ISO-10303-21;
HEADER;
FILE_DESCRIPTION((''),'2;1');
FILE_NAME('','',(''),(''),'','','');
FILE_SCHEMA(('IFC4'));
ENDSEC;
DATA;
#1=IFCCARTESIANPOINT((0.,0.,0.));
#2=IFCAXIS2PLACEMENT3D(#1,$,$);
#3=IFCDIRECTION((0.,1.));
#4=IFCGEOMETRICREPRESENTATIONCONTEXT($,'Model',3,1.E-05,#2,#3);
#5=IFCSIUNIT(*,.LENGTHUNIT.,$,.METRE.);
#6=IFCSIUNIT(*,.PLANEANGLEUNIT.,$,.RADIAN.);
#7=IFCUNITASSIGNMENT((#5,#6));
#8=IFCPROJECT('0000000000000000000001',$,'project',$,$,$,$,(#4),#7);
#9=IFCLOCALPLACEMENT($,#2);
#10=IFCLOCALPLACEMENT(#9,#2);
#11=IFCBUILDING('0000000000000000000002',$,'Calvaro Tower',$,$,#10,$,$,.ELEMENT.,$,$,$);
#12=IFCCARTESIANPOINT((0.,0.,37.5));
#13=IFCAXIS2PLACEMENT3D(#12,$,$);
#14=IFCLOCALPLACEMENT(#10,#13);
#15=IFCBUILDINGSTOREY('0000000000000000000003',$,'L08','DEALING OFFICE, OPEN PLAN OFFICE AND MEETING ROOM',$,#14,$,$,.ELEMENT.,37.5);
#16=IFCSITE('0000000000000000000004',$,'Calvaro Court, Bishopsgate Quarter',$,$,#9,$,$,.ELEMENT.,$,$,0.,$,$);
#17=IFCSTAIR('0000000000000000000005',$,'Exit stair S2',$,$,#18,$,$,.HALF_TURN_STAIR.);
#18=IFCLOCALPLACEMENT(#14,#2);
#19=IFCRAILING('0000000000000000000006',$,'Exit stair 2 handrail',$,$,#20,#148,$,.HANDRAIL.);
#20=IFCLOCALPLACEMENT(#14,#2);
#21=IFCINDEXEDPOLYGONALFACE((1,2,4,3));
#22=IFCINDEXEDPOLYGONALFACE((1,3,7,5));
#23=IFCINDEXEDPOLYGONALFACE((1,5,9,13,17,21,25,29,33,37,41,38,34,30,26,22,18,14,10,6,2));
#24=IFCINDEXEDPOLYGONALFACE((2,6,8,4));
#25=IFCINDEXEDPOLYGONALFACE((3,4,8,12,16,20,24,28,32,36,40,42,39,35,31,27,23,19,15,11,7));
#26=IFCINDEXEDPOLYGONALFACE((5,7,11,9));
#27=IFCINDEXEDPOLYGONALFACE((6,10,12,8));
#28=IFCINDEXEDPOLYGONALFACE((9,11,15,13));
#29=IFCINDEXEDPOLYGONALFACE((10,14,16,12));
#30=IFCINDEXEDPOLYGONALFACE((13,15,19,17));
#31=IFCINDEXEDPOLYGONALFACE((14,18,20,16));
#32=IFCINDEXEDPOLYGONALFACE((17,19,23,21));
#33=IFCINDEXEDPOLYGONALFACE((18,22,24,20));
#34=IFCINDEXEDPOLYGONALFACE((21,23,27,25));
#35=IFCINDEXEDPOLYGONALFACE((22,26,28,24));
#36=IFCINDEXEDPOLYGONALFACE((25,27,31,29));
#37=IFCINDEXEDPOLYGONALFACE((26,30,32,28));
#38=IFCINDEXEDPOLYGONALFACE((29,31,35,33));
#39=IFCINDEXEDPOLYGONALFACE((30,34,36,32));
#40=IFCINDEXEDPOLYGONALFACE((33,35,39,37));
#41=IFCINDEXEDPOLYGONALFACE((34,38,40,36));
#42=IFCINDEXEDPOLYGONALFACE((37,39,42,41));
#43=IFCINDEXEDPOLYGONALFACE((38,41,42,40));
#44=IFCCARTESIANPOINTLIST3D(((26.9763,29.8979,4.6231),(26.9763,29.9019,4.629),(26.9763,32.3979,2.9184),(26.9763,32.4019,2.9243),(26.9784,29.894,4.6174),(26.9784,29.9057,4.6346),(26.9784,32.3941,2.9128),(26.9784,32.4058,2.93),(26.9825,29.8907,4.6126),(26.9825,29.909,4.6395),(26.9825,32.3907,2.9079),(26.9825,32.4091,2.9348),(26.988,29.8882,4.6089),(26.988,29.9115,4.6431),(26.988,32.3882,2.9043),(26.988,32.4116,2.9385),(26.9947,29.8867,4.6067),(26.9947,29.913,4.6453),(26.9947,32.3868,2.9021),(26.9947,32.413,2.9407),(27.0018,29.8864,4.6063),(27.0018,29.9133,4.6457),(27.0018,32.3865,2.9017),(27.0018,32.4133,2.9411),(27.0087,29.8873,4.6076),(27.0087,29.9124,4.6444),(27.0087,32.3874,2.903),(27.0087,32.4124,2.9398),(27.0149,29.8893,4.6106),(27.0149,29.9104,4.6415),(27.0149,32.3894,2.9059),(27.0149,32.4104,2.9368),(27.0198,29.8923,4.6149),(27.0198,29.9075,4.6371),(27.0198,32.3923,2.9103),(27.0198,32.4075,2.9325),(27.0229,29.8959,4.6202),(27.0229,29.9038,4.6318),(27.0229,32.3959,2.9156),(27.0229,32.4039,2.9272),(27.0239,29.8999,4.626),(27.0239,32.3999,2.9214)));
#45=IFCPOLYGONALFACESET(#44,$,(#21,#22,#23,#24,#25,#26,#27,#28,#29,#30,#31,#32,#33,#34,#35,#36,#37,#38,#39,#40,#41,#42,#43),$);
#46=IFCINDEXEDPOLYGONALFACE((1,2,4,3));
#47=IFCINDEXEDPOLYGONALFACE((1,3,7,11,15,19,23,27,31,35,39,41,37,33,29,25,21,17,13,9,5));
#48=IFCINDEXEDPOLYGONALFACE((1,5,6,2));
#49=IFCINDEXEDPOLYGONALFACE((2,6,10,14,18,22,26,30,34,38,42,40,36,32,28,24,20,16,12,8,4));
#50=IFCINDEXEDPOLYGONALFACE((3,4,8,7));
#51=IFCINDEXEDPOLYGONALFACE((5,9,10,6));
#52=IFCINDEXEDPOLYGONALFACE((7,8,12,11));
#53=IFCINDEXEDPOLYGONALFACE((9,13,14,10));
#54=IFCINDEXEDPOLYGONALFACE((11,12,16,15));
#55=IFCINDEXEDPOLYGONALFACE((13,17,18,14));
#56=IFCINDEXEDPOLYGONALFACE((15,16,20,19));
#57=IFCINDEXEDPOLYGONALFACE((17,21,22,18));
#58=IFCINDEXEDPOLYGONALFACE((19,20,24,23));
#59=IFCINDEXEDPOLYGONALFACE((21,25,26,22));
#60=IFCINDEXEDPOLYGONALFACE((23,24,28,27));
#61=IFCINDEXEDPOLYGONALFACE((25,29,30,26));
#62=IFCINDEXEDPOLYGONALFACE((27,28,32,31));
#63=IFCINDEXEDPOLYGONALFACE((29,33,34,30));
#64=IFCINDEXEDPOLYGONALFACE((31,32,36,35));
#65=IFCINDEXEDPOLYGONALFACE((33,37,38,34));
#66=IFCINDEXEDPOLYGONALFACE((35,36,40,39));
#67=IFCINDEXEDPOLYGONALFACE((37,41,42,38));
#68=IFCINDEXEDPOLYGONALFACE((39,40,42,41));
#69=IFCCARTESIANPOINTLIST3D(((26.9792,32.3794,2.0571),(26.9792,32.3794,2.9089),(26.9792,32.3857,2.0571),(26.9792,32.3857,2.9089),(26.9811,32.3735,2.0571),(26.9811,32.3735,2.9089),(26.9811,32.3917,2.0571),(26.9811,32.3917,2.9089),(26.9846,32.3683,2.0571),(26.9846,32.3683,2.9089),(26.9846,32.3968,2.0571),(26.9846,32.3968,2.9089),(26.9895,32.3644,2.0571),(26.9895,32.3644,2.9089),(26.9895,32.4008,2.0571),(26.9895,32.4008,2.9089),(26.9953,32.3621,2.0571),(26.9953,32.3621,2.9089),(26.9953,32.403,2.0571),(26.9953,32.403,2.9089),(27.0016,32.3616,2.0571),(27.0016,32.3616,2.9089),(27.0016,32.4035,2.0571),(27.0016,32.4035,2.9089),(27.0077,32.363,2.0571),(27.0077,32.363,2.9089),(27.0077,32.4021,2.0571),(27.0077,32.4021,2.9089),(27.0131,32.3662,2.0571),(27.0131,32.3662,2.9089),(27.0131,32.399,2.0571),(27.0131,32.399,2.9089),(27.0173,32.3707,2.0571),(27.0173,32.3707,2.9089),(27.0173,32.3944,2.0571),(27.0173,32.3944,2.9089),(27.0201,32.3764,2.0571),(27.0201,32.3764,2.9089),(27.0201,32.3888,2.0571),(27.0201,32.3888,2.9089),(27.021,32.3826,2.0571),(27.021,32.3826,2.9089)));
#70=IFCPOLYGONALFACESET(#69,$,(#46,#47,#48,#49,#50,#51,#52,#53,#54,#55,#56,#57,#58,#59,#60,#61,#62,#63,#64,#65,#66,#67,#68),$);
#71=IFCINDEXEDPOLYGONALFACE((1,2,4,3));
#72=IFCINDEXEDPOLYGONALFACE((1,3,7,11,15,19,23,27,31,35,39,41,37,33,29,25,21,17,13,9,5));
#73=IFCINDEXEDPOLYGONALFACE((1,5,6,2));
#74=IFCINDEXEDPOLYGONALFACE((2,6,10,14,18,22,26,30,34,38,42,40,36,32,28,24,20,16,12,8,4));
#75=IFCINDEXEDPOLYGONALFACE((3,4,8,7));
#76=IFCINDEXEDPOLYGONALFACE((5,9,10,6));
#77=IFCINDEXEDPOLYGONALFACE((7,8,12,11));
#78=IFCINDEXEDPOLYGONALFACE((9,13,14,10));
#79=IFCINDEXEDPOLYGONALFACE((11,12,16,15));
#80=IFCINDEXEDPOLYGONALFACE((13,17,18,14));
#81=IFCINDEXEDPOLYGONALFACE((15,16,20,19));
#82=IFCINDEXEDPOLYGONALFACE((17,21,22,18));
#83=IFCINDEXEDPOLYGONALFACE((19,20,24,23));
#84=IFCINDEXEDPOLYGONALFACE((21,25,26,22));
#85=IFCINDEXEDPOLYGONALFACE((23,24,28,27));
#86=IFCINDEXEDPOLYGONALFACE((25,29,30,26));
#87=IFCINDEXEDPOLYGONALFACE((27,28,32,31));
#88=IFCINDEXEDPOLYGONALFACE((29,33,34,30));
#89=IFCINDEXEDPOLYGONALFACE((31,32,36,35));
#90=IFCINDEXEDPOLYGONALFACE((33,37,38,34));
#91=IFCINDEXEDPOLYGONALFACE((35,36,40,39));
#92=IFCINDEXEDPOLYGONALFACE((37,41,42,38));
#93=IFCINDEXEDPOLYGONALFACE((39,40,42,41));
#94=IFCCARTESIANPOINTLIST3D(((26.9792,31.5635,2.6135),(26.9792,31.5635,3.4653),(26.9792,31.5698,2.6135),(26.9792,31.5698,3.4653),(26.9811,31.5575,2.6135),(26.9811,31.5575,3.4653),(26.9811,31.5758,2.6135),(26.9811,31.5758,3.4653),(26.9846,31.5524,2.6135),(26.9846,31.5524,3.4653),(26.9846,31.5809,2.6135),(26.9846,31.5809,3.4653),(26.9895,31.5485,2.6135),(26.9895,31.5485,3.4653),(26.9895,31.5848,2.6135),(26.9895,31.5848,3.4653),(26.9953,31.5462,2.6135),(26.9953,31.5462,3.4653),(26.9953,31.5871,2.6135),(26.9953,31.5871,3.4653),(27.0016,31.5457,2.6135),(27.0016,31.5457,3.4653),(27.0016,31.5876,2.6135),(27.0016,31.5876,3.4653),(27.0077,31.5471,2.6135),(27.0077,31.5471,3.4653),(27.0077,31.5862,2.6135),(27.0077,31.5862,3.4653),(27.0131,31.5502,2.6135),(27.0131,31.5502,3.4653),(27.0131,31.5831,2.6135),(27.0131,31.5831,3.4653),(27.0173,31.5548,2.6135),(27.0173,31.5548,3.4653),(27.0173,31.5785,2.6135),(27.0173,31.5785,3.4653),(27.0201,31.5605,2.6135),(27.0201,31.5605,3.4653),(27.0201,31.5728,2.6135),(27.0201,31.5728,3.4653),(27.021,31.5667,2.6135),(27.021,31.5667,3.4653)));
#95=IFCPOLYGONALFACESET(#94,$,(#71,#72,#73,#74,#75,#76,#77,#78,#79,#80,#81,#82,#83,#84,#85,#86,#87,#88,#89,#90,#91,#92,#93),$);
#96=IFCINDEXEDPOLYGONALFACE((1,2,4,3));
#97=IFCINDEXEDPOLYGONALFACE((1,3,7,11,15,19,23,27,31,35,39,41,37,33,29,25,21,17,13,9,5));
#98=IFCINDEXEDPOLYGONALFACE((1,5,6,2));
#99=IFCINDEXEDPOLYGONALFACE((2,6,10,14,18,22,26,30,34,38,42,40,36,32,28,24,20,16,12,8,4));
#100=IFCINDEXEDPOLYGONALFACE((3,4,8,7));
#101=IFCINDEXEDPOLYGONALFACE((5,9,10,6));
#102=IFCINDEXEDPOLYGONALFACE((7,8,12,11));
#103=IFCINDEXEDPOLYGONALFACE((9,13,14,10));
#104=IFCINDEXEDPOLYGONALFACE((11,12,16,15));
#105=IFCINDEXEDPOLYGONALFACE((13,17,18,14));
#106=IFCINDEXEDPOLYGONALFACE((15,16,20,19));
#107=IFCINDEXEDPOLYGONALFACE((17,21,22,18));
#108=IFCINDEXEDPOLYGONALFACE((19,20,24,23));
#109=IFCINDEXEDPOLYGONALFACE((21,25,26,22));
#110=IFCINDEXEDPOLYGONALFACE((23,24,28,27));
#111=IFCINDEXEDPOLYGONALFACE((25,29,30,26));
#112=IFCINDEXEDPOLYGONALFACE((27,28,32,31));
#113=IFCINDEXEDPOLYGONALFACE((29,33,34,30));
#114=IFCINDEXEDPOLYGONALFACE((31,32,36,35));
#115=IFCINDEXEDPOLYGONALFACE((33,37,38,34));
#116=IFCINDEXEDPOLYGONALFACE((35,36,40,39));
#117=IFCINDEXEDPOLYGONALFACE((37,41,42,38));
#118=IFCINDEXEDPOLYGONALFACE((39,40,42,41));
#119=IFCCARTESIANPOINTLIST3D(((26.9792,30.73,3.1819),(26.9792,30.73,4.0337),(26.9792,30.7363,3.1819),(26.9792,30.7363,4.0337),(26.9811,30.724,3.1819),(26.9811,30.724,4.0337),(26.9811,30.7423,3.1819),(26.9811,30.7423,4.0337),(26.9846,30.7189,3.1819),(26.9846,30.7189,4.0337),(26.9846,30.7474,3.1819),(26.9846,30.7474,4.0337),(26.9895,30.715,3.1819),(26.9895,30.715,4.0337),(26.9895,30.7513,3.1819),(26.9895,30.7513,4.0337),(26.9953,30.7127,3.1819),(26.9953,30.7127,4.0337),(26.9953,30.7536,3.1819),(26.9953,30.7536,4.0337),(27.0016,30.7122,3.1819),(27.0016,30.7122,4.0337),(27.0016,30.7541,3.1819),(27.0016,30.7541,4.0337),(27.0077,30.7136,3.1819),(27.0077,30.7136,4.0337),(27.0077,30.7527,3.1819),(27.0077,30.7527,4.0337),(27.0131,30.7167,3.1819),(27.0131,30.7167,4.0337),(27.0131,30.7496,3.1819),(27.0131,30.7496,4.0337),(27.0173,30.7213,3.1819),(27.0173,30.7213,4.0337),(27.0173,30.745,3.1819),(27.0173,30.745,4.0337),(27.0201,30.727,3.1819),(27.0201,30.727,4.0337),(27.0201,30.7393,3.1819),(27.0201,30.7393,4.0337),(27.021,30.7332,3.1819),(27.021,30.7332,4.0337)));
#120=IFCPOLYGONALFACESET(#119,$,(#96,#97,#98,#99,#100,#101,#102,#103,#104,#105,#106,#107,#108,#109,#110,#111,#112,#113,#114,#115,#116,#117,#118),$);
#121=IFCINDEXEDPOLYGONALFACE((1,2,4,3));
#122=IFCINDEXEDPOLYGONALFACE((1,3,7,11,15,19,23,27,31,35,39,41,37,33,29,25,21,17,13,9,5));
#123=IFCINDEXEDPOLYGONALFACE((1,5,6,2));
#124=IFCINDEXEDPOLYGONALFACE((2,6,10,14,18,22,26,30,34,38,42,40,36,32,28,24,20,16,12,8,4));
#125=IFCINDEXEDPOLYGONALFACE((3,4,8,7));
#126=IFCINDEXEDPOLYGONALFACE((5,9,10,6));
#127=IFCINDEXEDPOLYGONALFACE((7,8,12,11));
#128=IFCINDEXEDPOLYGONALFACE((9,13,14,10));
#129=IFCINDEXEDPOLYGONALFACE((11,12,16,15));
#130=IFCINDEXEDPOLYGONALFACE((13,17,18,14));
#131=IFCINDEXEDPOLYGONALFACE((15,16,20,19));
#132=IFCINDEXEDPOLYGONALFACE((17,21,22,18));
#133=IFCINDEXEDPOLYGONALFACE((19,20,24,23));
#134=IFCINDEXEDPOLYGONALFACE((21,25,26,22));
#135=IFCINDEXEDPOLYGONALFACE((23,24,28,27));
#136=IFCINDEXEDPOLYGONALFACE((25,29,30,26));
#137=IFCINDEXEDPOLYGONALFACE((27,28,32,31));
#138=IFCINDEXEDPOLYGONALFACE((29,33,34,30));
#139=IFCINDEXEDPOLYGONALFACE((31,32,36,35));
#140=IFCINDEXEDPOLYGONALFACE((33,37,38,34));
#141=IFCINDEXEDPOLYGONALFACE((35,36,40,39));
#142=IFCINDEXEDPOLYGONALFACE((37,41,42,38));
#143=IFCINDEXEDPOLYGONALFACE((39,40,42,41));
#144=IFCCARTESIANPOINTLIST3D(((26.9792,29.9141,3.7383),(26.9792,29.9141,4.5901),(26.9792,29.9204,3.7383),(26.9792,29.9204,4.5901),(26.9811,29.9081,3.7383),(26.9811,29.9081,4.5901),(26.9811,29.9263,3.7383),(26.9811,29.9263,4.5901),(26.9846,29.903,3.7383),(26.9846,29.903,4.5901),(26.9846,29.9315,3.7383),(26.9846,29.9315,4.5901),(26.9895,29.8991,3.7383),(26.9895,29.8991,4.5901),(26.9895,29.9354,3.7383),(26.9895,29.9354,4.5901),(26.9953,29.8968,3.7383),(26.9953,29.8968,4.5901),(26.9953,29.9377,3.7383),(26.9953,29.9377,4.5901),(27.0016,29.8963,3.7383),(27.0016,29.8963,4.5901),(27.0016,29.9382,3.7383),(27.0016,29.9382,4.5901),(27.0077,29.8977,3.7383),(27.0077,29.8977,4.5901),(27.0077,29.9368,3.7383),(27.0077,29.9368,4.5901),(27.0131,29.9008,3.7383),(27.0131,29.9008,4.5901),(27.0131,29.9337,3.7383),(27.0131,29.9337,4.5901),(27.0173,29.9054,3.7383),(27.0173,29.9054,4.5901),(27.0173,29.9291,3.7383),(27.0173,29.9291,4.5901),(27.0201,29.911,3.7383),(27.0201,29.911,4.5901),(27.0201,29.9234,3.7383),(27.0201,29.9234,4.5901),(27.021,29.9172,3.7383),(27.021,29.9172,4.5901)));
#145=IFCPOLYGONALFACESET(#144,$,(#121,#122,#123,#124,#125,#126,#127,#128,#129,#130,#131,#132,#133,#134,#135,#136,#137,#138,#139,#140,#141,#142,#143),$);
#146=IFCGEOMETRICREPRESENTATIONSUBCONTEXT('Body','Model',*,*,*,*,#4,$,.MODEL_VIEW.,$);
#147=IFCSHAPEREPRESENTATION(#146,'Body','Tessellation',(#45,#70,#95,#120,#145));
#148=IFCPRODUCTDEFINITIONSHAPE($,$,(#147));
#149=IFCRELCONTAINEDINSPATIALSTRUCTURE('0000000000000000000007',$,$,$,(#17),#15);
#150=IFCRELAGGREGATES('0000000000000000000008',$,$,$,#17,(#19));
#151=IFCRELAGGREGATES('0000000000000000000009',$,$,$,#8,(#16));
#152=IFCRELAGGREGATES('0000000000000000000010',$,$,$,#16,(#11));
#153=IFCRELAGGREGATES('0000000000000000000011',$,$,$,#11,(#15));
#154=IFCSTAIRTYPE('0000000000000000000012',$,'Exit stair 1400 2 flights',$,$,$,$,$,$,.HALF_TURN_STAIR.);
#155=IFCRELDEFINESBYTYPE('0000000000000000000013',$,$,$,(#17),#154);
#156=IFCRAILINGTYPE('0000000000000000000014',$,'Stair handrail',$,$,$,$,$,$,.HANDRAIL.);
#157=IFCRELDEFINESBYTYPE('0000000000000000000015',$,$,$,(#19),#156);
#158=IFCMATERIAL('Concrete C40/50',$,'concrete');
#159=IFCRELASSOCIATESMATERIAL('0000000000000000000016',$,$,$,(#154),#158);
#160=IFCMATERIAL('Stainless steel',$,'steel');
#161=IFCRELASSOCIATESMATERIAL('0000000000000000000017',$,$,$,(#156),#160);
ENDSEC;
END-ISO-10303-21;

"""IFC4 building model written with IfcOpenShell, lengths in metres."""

from ifc_helpers import new_model, si_unit, direction, frame, origin, origin_2d, place, context, subcontext, project, spatial, circle, extrude, material, type_object, element, aggregate, save


model = new_model("IFC4")

# Units and contexts
model_context = context("Model", 3, precision=1e-05, world=origin(), true_north=direction((0.0, 1.0)))
body_context = subcontext(model_context, "Body", "Model", "MODEL_VIEW")
ifc_project = project(units=[si_unit("LENGTHUNIT", "METRE"), si_unit("PLANEANGLEUNIT", "RADIAN")], contexts=[model_context])

# Site, building, storey
site_placement = place(None, origin())
site = spatial("IfcSite", under=ifc_project, at=site_placement, Name="Calvaro Court, Bishopsgate Quarter", CompositionType="ELEMENT", RefElevation=0.0)
building_placement = place(site_placement, origin())
building = spatial("IfcBuilding", under=site, at=building_placement, Name="Calvaro Tower", CompositionType="ELEMENT")
storey_placement = place(building_placement, frame((0.0, 0.0, 37.5)))
storey = spatial("IfcBuildingStorey", under=building, at=storey_placement, Name="L08", Description="DEALING OFFICE, OPEN PLAN OFFICE AND MEETING ROOM", CompositionType="ELEMENT", Elevation=37.5)

# Stair, railing
ifc_material_1 = material(Name="Concrete C40/50", Category="concrete")
stair_type = type_object("IfcStairType", Name="Exit stair 1400 2 flights", PredefinedType="HALF_TURN_STAIR", material=ifc_material_1)
stair_placement = place(storey_placement, origin())
stair = element("IfcStair", 1, at=stair_placement, inside=storey, type_object=stair_type, Name="Exit stair S2", PredefinedType="HALF_TURN_STAIR")
ifc_material_2 = material(Name="Stainless steel", Category="steel")
railing_type = type_object("IfcRailingType", Name="Stair handrail", PredefinedType="HANDRAIL", material=ifc_material_2)
railing_1_placement = place(storey_placement, frame((27.0, 32.3999, 2.0454)))
railing_1 = element("IfcRailing", 2, at=railing_1_placement, type_object=railing_type, Name="Exit stair 2 handrail", PredefinedType="HANDRAIL", context=body_context, shape_type="SweptSolid", body=[
    extrude(circle(Radius=0.0239, at=origin_2d()), frame((0.0, 0.0, 0.876), z_axis=(0.0, -0.826221, 0.563347), x_axis=(1.0, 0.0, 0.0)), (0.0, 0.0, 1.0), 3.0259),
    extrude(circle(Radius=0.021, at=origin_2d()), frame((0.0, -0.0173, 0.0117)), (0.0, 0.0, 1.0), 0.8518),
    extrude(circle(Radius=0.021, at=origin_2d()), frame((0.0, -0.8333, 0.5681)), (0.0, 0.0, 1.0), 0.8518),
    extrude(circle(Radius=0.021, at=origin_2d()), frame((0.0, -1.6667, 1.1365)), (0.0, 0.0, 1.0), 0.8518),
    extrude(circle(Radius=0.021, at=origin_2d()), frame((0.0, -2.4827, 1.6929)), (0.0, 0.0, 1.0), 0.8518),
])
aggregate(stair, [railing_1])

save(model, "model.ifc")
